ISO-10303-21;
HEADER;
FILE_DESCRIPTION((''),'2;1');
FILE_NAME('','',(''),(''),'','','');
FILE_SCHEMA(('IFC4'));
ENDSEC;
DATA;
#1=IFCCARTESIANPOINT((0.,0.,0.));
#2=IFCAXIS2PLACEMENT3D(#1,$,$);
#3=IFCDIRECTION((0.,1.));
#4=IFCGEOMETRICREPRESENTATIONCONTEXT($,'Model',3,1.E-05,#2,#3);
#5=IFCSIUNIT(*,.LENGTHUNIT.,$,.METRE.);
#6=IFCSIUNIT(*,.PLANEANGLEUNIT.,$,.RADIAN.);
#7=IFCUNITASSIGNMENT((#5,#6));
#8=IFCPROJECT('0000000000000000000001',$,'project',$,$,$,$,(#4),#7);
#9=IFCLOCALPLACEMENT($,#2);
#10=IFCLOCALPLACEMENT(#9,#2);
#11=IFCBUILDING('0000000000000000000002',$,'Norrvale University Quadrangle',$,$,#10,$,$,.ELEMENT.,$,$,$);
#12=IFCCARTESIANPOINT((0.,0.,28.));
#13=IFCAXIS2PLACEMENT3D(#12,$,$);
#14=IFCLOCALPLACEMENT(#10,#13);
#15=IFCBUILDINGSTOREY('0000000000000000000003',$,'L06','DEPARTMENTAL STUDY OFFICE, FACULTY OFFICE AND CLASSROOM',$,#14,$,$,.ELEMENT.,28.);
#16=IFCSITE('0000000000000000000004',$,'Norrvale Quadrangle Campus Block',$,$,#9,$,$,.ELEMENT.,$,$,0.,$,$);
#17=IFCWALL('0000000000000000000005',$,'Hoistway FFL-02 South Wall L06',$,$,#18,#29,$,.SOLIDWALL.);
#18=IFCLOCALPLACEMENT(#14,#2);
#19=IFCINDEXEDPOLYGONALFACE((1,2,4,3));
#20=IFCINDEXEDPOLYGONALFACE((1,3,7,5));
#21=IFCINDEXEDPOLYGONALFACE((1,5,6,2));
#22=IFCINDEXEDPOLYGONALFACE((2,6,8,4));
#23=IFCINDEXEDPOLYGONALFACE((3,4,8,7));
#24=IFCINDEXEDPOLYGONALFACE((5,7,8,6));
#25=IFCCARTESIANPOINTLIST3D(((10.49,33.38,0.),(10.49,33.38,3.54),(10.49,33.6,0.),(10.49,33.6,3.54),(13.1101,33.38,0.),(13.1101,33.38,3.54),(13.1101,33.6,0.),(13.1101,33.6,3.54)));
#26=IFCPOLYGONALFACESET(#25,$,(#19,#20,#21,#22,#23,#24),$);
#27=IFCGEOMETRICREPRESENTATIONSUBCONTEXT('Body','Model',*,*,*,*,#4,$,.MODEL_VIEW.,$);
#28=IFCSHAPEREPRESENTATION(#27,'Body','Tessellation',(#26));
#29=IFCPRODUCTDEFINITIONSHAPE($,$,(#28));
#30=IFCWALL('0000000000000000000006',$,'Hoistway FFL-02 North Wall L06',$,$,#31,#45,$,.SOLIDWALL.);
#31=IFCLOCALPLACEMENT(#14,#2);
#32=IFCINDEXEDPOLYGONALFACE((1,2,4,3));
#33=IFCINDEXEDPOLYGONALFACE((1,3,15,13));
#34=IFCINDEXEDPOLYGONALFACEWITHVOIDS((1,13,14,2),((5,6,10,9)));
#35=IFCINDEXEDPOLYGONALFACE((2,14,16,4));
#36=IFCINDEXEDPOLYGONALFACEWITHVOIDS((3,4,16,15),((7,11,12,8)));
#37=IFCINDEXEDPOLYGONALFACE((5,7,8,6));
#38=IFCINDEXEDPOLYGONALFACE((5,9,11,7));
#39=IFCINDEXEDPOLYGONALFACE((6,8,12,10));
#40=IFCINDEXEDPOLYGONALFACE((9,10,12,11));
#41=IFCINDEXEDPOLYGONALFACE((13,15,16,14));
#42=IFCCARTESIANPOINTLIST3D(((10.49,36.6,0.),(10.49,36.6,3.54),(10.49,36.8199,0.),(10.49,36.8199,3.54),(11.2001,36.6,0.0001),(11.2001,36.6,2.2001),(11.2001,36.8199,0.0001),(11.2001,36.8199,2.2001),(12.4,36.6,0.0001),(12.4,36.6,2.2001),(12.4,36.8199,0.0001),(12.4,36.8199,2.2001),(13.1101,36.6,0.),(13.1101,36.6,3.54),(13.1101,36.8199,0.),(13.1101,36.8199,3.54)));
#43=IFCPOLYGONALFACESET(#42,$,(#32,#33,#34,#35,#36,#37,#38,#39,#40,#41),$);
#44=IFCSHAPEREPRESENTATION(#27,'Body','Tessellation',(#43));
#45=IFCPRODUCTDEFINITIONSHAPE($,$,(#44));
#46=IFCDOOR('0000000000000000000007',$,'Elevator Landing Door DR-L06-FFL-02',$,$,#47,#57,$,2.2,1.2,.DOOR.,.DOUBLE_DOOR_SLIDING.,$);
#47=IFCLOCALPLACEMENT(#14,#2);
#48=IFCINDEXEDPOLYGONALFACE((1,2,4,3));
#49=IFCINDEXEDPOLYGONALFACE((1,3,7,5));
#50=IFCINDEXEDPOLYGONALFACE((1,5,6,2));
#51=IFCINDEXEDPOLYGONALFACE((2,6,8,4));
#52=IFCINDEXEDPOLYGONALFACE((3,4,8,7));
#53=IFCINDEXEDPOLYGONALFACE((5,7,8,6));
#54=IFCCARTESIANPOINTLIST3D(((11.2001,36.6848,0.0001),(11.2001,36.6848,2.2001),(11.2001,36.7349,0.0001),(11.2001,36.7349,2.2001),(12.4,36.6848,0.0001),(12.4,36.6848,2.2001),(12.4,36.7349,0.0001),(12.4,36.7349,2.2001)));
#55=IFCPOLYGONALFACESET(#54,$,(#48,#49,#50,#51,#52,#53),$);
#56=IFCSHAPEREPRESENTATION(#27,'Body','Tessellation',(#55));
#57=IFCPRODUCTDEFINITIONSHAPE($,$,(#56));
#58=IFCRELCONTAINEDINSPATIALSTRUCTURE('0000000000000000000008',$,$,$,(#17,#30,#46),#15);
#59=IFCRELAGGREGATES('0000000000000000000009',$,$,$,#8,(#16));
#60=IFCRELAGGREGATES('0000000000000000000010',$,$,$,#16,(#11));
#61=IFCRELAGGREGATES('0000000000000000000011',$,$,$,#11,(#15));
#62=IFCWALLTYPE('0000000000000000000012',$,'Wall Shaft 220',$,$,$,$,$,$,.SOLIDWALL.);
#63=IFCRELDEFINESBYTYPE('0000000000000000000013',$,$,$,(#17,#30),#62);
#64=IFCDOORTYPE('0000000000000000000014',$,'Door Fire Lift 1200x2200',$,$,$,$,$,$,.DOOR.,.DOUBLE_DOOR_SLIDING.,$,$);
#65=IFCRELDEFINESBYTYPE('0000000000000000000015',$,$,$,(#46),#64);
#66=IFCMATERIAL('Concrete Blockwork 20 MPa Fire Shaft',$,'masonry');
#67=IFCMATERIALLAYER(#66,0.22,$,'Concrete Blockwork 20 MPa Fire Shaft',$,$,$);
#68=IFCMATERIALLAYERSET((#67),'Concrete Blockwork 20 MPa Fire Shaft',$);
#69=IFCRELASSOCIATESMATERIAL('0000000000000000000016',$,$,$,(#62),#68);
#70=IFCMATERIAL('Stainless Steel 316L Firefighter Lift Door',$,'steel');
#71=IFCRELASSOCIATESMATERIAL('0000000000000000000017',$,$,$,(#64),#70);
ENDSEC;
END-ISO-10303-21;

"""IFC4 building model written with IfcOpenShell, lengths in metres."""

from ifc_helpers import new_model, si_unit, direction, frame, frame_2d, origin, place, context, subcontext, project, spatial, rectangle, extrude, material, layer, layer_set, type_object, element, fill, save


model = new_model("IFC4")

# Units and contexts
model_context = context("Model", 3, precision=1e-05, world=origin(), true_north=direction((0.0, 1.0)))
body_context = subcontext(model_context, "Body", "Model", "MODEL_VIEW")
ifc_project = project(units=[si_unit("LENGTHUNIT", "METRE"), si_unit("PLANEANGLEUNIT", "RADIAN")], contexts=[model_context])

# Site, building, storey
site_placement = place(None, origin())
site = spatial("IfcSite", under=ifc_project, at=site_placement, Name="Norrvale Quadrangle Campus Block", CompositionType="ELEMENT", RefElevation=0.0)
building_placement = place(site_placement, origin())
building = spatial("IfcBuilding", under=site, at=building_placement, Name="Norrvale University Quadrangle", CompositionType="ELEMENT")
storey_placement = place(building_placement, frame((0.0, 0.0, 28.0)))
storey = spatial("IfcBuildingStorey", under=building, at=storey_placement, Name="L06", Description="DEPARTMENTAL STUDY OFFICE, FACULTY OFFICE AND CLASSROOM", CompositionType="ELEMENT", Elevation=28.0)

# Shared definitions
ifc_material_1 = material(Name="Concrete Blockwork 20 MPa Fire Shaft", Category="masonry")
ifc_layer_1 = layer(ifc_material_1, 0.22, Name="Concrete Blockwork 20 MPa Fire Shaft")
ifc_layer_set_1 = layer_set([ifc_layer_1], Name="Concrete Blockwork 20 MPa Fire Shaft")
wall_type_1 = type_object("IfcWallType", Name="Wall Shaft 220", PredefinedType="SOLIDWALL", material=ifc_layer_set_1)

# Shared definitions
ifc_material_2 = material(Name="Stainless Steel 316L Firefighter Lift Door", Category="steel")
door_type_1 = type_object("IfcDoorType", Name="Door Fire Lift 1200x2200", OperationType="DOUBLE_DOOR_SLIDING", PredefinedType="DOOR", material=ifc_material_2)

# Wall
wall_1_placement = place(storey_placement, frame((10.49, 33.49, 0.0), z_axis=(0.0, 0.0, 1.0), x_axis=(1.0, 0.0, 0.0)))
element("IfcWall", 1, at=wall_1_placement, inside=storey, type_object=wall_type_1, Name="Hoistway FFL-02 South Wall L06", PredefinedType="SOLIDWALL", context=body_context, shape_type="SweptSolid", body=[
    extrude(rectangle(XDim=2.6201, YDim=0.22, at=frame_2d((1.3101, 0.0))), origin(), (0.0, 0.0, 1.0), 3.54),
])

# Wall, opening, door
wall_2_placement = place(storey_placement, frame((10.49, 36.71, 0.0), z_axis=(0.0, 0.0, 1.0), x_axis=(1.0, 0.0, 0.0)))
wall_2 = element("IfcWall", 2, at=wall_2_placement, inside=storey, type_object=wall_type_1, Name="Hoistway FFL-02 North Wall L06", PredefinedType="SOLIDWALL", context=body_context, shape_type="SweptSolid", body=[
    extrude(rectangle(XDim=2.6201, YDim=0.22, at=frame_2d((1.3101, 0.0))), origin(), (0.0, 0.0, 1.0), 3.54),
])
opening_1_placement = place(wall_2_placement, frame((0.71, 0.0, 0.0)))
opening_1 = element("IfcOpeningElement", 3, at=opening_1_placement, cuts=wall_2, PredefinedType="OPENING", context=body_context, shape_type="SweptSolid", body=[
    extrude(rectangle(XDim=1.2, YDim=2.2, at=frame_2d((0.6001, 1.1001))), frame((0.0, 0.1221, 0.0), z_axis=(0.0, -1.0, 0.0), x_axis=(1.0, 0.0, 0.0)), (0.0, 0.0, 1.0), 0.2439),
])
door_1_placement = place(opening_1_placement, origin())
door_1 = element("IfcDoor", 4, at=door_1_placement, inside=storey, type_object=door_type_1, Name="Elevator Landing Door DR-L06-FFL-02", OperationType="DOUBLE_DOOR_SLIDING", OverallHeight=2.2, OverallWidth=1.2, PredefinedType="DOOR", context=body_context, shape_type="SweptSolid", body=[
    extrude(rectangle(XDim=1.2, YDim=2.2, at=frame_2d((0.6001, 1.1001))), frame((0.0, 0.0249, 0.0), z_axis=(0.0, -1.0, 0.0), x_axis=(1.0, 0.0, 0.0)), (0.0, 0.0, 1.0), 0.05),
])
fill(opening_1, door_1)

save(model, "model.ifc")
